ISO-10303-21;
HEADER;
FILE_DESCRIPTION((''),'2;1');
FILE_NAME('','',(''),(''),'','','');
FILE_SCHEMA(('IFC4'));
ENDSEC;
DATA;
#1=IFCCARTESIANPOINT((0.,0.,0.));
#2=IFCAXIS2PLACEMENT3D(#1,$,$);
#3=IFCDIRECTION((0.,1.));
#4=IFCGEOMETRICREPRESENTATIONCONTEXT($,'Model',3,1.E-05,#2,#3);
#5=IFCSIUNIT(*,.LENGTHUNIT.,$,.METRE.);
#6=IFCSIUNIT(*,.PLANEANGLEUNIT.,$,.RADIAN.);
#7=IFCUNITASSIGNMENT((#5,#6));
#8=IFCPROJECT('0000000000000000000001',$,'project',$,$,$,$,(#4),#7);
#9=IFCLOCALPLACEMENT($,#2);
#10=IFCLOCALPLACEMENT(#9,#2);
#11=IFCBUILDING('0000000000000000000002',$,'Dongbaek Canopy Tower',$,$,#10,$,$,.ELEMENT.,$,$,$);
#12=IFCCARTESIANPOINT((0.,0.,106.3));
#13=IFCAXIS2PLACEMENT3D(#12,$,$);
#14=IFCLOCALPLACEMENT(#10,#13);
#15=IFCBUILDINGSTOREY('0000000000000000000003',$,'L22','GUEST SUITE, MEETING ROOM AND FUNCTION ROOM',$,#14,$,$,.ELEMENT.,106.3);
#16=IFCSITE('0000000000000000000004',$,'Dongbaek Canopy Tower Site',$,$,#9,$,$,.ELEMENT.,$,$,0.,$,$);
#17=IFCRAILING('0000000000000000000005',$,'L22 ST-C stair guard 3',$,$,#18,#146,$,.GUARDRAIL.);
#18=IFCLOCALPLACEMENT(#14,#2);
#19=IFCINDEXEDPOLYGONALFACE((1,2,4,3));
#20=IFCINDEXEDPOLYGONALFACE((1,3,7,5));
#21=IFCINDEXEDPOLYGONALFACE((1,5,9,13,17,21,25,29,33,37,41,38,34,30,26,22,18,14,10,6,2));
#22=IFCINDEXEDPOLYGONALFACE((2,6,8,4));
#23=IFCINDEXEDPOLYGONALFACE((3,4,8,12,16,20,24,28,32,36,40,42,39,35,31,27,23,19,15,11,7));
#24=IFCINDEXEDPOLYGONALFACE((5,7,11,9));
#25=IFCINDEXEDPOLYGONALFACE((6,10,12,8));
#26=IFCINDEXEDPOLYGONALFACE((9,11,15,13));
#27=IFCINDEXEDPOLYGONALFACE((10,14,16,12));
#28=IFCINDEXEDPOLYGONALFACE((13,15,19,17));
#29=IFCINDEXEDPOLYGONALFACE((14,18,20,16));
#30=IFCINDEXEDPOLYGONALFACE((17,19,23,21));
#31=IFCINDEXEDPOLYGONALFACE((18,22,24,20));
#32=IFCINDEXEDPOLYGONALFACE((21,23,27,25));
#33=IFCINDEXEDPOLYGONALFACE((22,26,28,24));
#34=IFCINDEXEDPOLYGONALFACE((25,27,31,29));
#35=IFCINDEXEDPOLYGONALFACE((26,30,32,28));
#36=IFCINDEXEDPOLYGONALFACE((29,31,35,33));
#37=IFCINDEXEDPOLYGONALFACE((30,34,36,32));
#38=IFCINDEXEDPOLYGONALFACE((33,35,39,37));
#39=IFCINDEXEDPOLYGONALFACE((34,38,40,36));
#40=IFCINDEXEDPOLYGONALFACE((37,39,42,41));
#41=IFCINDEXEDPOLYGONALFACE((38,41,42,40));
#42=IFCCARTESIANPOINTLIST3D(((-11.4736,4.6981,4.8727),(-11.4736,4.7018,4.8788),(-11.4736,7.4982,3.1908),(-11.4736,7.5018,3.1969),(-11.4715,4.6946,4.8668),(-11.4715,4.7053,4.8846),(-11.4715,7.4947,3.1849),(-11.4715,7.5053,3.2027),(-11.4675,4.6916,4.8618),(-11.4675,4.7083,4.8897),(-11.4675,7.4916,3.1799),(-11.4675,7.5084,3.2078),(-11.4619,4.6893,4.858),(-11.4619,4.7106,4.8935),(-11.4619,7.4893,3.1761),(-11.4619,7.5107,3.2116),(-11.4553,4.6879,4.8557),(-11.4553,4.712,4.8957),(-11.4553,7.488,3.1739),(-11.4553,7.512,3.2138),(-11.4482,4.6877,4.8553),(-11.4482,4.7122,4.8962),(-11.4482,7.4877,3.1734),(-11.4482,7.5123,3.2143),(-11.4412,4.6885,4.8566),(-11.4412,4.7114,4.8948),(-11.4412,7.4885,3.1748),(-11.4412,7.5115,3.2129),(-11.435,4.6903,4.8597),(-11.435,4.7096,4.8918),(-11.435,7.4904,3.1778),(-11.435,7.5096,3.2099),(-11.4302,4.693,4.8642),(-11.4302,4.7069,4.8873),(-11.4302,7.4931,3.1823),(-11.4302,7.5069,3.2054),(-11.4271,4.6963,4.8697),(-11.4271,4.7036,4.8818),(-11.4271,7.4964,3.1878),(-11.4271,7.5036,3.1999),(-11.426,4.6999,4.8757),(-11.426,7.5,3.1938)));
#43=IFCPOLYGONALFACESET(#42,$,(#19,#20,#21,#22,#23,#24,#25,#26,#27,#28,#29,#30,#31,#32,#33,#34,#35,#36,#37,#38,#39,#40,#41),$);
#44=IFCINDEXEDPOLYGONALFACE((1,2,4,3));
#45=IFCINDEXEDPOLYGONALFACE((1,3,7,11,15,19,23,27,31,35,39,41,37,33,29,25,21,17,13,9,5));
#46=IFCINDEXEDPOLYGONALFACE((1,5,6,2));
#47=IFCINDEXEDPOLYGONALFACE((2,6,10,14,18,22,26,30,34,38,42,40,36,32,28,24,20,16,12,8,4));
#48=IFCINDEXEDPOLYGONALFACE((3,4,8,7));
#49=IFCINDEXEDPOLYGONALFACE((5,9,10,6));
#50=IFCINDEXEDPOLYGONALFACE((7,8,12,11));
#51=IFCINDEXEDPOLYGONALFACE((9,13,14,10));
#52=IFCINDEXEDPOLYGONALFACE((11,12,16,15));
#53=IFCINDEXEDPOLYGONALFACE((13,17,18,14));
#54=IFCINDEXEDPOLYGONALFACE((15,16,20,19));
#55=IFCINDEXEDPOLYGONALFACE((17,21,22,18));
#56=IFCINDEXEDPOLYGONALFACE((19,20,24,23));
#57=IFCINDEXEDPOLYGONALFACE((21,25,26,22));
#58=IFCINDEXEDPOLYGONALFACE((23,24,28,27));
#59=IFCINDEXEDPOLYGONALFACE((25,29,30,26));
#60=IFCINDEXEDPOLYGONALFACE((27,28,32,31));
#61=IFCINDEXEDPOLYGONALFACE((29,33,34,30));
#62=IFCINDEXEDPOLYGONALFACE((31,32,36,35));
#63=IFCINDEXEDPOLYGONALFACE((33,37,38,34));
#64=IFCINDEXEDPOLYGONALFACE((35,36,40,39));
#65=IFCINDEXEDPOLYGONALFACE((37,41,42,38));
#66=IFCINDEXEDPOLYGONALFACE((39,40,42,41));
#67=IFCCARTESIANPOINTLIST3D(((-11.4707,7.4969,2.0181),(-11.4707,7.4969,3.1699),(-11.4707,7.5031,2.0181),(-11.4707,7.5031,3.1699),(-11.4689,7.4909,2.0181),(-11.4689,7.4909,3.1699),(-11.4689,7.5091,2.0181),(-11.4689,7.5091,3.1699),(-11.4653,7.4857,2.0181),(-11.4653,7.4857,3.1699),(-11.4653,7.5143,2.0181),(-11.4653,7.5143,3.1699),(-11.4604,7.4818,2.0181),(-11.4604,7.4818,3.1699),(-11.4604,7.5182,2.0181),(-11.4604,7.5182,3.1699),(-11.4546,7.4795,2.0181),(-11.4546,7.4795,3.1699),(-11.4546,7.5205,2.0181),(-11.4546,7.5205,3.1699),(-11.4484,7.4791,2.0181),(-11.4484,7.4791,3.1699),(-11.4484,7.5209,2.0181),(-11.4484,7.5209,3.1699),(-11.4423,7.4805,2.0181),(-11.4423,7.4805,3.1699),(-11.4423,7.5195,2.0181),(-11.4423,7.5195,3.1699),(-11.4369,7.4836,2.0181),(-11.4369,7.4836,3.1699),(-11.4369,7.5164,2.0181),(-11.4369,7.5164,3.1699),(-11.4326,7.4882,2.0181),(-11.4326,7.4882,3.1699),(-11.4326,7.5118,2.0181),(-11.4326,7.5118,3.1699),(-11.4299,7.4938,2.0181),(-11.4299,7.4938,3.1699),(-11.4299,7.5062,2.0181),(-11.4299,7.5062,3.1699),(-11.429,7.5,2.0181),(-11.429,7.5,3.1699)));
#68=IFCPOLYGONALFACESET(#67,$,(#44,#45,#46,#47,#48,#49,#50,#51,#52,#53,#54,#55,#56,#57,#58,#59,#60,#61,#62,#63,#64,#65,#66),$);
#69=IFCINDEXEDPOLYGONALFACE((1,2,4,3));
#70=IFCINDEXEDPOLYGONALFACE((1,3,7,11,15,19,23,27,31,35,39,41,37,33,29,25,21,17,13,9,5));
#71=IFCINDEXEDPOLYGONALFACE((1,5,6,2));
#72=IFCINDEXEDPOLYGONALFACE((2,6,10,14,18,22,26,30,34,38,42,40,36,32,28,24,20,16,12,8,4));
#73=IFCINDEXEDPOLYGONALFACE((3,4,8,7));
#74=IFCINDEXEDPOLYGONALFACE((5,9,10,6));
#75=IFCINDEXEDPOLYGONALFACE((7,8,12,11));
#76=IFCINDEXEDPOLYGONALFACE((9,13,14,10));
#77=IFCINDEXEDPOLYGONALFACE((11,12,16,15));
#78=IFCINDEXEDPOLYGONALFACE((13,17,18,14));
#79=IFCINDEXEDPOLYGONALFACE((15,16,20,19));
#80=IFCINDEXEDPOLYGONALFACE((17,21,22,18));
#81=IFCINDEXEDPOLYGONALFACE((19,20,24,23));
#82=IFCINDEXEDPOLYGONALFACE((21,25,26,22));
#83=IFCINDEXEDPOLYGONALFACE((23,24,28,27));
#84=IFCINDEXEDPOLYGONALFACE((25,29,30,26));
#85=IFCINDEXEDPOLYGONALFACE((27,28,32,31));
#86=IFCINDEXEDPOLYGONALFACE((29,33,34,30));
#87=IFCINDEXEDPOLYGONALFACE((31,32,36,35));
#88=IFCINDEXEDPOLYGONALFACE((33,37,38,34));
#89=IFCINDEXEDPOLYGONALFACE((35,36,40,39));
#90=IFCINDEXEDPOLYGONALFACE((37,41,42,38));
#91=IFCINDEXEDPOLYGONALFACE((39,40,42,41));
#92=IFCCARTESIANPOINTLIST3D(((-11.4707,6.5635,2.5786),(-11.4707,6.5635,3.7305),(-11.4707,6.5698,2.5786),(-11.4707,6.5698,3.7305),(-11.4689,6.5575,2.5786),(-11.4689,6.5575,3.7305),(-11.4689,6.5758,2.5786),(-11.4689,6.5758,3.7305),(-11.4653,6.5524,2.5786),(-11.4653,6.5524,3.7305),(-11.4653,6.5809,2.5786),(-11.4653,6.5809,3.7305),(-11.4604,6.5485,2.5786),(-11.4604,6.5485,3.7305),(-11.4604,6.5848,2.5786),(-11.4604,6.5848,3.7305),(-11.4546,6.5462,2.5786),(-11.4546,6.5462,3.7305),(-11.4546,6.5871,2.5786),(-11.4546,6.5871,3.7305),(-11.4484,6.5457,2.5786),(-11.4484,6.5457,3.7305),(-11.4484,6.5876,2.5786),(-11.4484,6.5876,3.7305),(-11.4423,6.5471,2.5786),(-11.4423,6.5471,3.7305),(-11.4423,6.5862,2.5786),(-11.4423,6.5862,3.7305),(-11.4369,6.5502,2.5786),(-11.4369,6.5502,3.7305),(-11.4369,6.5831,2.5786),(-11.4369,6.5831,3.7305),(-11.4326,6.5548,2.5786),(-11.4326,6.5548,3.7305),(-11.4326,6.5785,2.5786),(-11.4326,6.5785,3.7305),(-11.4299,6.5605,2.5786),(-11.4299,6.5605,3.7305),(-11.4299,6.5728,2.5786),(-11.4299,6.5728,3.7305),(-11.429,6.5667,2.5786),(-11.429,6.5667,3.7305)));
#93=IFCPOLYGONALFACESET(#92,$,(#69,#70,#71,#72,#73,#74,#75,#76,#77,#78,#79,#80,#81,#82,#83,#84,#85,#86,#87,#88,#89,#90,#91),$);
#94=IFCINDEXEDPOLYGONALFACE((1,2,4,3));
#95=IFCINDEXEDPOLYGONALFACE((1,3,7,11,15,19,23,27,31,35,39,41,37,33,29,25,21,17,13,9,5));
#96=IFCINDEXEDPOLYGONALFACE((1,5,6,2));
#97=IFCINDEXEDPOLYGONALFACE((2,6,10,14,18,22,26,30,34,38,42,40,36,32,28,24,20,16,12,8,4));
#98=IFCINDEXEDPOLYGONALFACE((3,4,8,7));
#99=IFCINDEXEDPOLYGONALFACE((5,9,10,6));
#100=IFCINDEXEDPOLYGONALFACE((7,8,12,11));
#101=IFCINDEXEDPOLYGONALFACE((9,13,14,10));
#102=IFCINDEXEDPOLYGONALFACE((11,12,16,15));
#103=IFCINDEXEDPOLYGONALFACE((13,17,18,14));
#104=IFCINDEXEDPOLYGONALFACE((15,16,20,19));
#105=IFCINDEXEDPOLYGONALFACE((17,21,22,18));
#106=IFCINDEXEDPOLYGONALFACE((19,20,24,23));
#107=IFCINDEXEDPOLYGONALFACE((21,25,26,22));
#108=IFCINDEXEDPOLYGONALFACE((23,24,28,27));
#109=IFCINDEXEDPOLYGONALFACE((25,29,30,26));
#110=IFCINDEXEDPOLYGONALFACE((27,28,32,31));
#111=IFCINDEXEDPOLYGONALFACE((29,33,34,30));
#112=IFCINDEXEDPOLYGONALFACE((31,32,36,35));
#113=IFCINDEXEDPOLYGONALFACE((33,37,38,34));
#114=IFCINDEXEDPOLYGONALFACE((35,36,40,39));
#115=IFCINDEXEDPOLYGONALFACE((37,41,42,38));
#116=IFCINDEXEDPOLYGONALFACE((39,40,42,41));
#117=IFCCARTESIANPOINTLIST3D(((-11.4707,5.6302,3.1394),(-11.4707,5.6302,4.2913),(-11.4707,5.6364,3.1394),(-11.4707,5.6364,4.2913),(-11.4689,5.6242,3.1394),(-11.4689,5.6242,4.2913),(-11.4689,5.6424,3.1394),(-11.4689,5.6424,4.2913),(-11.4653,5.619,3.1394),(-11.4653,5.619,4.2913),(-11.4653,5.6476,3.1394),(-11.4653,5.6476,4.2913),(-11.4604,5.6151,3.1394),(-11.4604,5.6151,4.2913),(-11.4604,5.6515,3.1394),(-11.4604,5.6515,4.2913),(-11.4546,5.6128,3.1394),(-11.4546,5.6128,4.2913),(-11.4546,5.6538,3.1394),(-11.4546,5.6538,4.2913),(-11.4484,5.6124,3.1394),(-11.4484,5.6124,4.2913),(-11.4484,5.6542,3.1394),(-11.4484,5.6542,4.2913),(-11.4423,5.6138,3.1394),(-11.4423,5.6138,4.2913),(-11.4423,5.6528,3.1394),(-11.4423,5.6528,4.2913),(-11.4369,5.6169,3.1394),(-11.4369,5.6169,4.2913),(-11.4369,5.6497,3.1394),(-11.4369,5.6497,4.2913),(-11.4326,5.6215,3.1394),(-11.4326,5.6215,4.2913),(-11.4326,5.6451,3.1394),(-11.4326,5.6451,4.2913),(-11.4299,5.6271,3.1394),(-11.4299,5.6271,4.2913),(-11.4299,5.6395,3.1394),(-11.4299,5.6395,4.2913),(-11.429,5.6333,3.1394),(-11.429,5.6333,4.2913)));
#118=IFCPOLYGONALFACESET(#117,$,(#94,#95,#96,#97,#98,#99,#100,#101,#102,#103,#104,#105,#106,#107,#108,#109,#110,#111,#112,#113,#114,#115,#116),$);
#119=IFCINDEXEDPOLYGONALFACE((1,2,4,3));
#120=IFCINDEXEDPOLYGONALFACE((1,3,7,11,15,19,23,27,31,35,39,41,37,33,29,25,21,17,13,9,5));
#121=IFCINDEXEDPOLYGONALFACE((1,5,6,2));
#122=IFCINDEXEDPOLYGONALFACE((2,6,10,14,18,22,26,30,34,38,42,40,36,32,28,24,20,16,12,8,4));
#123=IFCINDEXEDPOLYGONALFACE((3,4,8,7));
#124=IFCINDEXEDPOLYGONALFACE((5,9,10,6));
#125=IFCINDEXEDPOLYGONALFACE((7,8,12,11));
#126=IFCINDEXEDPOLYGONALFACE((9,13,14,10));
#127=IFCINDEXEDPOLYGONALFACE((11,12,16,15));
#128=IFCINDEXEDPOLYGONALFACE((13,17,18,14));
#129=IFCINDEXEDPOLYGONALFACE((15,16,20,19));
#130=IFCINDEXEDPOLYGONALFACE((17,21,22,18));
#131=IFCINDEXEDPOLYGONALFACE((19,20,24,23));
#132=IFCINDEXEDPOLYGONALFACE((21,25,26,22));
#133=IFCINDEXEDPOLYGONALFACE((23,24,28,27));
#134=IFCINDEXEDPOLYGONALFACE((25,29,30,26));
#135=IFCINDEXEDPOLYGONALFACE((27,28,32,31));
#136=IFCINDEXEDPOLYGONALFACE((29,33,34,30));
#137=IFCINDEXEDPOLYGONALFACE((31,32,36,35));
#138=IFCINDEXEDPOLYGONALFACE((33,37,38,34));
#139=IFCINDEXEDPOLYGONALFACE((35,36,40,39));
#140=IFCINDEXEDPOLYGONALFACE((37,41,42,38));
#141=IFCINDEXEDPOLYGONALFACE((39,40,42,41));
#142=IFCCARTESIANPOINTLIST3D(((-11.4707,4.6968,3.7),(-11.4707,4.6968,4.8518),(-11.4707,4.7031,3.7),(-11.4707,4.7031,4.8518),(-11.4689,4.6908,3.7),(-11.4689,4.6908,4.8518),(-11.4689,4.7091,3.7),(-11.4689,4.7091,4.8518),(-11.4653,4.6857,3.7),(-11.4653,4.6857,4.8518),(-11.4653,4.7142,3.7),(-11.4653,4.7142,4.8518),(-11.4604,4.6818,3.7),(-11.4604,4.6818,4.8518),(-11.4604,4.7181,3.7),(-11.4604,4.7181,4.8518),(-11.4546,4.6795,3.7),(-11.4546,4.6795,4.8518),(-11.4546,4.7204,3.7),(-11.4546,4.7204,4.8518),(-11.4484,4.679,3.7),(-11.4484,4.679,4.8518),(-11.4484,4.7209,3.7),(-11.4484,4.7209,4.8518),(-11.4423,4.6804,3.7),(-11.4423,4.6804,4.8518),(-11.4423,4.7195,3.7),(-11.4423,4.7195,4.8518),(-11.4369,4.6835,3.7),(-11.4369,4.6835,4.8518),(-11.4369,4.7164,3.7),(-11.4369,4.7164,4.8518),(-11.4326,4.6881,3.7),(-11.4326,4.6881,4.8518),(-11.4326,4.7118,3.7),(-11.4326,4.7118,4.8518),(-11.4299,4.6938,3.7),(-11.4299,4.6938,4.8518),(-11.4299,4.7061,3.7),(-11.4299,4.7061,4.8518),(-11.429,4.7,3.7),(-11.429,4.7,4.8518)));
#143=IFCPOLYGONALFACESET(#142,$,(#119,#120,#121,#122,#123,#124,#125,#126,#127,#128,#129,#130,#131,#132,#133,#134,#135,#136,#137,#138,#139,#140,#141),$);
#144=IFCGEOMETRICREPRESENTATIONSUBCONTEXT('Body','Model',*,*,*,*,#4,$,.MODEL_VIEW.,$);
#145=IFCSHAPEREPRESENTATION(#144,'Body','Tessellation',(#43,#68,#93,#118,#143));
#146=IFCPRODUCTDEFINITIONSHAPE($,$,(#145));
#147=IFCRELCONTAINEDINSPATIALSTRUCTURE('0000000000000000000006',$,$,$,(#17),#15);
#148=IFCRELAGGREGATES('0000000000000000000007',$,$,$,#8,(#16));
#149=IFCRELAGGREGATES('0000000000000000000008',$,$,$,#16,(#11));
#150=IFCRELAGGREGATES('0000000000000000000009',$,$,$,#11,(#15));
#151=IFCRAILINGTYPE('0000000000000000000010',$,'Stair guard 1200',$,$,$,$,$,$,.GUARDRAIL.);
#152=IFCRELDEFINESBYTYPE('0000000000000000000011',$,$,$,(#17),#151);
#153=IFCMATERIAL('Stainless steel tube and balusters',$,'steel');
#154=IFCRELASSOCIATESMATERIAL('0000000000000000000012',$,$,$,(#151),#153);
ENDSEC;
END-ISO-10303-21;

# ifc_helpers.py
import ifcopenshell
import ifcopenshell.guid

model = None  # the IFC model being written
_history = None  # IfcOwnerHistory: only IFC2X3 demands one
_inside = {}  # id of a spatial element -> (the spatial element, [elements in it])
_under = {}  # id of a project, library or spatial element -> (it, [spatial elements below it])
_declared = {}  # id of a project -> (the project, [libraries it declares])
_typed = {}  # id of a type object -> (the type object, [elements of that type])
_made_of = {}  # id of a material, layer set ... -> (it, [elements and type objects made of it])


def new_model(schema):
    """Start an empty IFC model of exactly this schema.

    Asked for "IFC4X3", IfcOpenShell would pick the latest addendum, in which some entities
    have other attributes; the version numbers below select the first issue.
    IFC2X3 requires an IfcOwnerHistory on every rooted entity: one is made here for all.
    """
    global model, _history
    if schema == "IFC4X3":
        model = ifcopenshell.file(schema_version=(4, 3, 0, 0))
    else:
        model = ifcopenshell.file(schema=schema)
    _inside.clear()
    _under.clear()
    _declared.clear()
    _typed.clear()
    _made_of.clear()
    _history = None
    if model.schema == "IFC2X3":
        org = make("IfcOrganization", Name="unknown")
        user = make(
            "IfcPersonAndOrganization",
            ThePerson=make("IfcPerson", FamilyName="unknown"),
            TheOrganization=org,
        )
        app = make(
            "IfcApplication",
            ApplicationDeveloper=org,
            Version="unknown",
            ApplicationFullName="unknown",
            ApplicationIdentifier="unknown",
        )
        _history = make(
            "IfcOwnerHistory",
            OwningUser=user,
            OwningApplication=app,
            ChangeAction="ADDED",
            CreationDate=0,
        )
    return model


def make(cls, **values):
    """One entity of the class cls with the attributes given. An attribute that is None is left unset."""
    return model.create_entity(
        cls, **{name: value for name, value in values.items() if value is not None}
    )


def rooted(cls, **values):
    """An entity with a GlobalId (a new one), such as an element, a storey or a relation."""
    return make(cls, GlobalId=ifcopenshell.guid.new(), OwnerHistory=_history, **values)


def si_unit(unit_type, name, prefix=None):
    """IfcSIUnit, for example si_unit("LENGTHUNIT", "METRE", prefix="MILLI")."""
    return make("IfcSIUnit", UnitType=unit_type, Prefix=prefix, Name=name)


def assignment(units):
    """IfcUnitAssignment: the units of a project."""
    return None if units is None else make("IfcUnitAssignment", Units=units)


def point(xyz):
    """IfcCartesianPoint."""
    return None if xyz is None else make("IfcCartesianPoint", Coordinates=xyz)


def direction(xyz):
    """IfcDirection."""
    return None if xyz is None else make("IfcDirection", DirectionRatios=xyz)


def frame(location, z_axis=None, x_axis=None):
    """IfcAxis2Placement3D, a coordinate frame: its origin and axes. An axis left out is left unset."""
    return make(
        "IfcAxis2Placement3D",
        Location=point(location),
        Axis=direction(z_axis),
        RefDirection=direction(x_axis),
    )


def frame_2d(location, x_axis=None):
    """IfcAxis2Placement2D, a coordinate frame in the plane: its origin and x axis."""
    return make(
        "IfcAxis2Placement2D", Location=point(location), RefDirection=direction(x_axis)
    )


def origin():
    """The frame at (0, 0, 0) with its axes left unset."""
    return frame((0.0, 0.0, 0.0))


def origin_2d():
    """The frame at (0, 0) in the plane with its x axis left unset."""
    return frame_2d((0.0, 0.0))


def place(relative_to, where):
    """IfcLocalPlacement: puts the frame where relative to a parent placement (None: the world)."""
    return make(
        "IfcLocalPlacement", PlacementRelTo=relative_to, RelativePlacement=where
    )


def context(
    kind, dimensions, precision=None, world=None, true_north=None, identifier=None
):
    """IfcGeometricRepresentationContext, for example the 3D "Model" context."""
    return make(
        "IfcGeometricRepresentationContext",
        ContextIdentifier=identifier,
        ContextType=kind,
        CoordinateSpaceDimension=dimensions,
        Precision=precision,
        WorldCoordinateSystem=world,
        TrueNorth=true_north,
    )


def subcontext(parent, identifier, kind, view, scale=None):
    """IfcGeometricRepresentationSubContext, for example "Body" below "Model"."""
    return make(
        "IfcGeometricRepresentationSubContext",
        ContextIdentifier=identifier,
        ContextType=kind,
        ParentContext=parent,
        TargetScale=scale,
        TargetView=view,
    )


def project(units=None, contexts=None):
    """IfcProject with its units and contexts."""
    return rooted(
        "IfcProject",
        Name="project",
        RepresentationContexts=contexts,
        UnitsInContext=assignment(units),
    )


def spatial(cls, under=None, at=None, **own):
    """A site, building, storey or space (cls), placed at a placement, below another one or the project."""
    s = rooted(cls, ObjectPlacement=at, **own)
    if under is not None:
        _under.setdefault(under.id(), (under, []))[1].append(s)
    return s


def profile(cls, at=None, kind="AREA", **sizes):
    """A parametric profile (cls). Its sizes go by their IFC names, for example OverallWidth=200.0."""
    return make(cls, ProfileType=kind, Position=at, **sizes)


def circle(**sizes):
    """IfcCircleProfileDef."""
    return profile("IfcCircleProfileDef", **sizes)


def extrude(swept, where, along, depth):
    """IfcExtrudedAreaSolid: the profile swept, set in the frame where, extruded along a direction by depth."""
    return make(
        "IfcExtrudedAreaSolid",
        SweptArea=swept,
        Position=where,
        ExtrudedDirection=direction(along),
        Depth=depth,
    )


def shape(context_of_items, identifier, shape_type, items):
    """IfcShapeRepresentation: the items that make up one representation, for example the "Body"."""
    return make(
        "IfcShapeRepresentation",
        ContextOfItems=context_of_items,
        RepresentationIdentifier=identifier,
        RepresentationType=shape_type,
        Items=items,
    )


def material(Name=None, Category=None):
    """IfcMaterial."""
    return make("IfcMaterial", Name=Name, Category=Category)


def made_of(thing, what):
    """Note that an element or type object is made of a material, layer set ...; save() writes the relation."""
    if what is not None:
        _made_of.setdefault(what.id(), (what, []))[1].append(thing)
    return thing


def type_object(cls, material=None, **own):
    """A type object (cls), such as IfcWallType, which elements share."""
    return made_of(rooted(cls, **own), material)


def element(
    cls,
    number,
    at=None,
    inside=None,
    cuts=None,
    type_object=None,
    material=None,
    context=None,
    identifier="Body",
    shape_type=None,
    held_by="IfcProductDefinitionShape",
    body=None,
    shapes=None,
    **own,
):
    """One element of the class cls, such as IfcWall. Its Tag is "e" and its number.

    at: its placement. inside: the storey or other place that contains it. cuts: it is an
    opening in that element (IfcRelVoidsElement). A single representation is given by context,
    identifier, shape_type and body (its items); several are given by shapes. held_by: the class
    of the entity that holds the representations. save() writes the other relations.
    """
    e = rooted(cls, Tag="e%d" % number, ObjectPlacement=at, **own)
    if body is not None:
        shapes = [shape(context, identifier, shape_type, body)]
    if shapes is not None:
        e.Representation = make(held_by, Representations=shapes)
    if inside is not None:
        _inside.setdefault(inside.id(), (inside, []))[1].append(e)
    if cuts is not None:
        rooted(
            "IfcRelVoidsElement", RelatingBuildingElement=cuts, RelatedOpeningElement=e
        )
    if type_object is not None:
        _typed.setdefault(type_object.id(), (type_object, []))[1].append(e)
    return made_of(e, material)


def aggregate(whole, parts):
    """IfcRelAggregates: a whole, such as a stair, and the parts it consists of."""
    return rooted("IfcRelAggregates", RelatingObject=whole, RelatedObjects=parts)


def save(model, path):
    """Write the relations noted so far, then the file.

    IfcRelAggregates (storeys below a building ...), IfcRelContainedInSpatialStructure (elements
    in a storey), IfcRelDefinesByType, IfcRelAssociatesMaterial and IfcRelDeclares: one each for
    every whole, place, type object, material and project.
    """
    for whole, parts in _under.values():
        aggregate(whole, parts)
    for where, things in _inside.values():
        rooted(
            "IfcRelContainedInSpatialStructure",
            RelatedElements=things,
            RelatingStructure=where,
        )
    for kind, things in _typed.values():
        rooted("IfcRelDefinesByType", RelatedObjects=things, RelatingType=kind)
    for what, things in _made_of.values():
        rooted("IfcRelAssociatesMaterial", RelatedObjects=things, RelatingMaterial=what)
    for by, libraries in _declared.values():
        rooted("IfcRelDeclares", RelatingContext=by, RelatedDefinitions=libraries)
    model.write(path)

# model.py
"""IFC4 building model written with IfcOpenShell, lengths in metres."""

from ifc_helpers import new_model, si_unit, direction, frame, origin, origin_2d, place, context, subcontext, project, spatial, circle, extrude, material, type_object, element, save


model = new_model("IFC4")

# Units and contexts
model_context = context("Model", 3, precision=1e-05, world=origin(), true_north=direction((0.0, 1.0)))
body_context = subcontext(model_context, "Body", "Model", "MODEL_VIEW")
ifc_project = project(units=[si_unit("LENGTHUNIT", "METRE"), si_unit("PLANEANGLEUNIT", "RADIAN")], contexts=[model_context])

# Site, building, storey
site_placement = place(None, origin())
site = spatial("IfcSite", under=ifc_project, at=site_placement, Name="Dongbaek Canopy Tower Site", CompositionType="ELEMENT", RefElevation=0.0)
building_placement = place(site_placement, origin())
building = spatial("IfcBuilding", under=site, at=building_placement, Name="Dongbaek Canopy Tower", CompositionType="ELEMENT")
storey_placement = place(building_placement, frame((0.0, 0.0, 106.3)))
storey = spatial("IfcBuildingStorey", under=building, at=storey_placement, Name="L22", Description="GUEST SUITE, MEETING ROOM AND FUNCTION ROOM", CompositionType="ELEMENT", Elevation=106.3)

# Railing
ifc_material_1 = material(Name="Stainless steel tube and balusters", Category="steel")
railing_type_1 = type_object("IfcRailingType", Name="Stair guard 1200", PredefinedType="GUARDRAIL", material=ifc_material_1)
railing_1_placement = place(storey_placement, frame((-11.45, 7.5, 2.0181)))
element("IfcRailing", 1, at=railing_1_placement, inside=storey, type_object=railing_type_1, Name="L22 ST-C stair guard 3", PredefinedType="GUARDRAIL", context=body_context, shape_type="SweptSolid", body=[
    extrude(circle(Radius=0.0239, at=origin_2d()), frame((0.0, 0.0, 1.1758), z_axis=(0.0, -0.857242, 0.514913), x_axis=(1.0, 0.0, 0.0)), (0.0, 0.0, 1.0), 3.2664),
    extrude(circle(Radius=0.021, at=origin_2d()), origin(), (0.0, 0.0, 1.0), 1.1519),
    extrude(circle(Radius=0.021, at=origin_2d()), frame((0.0, -0.9333, 0.5605)), (0.0, 0.0, 1.0), 1.1519),
    extrude(circle(Radius=0.021, at=origin_2d()), frame((0.0, -1.8667, 1.1213)), (0.0, 0.0, 1.0), 1.1519),
    extrude(circle(Radius=0.021, at=origin_2d()), frame((0.0, -2.8, 1.6819)), (0.0, 0.0, 1.0), 1.1519),
])

save(model, "model.ifc")
